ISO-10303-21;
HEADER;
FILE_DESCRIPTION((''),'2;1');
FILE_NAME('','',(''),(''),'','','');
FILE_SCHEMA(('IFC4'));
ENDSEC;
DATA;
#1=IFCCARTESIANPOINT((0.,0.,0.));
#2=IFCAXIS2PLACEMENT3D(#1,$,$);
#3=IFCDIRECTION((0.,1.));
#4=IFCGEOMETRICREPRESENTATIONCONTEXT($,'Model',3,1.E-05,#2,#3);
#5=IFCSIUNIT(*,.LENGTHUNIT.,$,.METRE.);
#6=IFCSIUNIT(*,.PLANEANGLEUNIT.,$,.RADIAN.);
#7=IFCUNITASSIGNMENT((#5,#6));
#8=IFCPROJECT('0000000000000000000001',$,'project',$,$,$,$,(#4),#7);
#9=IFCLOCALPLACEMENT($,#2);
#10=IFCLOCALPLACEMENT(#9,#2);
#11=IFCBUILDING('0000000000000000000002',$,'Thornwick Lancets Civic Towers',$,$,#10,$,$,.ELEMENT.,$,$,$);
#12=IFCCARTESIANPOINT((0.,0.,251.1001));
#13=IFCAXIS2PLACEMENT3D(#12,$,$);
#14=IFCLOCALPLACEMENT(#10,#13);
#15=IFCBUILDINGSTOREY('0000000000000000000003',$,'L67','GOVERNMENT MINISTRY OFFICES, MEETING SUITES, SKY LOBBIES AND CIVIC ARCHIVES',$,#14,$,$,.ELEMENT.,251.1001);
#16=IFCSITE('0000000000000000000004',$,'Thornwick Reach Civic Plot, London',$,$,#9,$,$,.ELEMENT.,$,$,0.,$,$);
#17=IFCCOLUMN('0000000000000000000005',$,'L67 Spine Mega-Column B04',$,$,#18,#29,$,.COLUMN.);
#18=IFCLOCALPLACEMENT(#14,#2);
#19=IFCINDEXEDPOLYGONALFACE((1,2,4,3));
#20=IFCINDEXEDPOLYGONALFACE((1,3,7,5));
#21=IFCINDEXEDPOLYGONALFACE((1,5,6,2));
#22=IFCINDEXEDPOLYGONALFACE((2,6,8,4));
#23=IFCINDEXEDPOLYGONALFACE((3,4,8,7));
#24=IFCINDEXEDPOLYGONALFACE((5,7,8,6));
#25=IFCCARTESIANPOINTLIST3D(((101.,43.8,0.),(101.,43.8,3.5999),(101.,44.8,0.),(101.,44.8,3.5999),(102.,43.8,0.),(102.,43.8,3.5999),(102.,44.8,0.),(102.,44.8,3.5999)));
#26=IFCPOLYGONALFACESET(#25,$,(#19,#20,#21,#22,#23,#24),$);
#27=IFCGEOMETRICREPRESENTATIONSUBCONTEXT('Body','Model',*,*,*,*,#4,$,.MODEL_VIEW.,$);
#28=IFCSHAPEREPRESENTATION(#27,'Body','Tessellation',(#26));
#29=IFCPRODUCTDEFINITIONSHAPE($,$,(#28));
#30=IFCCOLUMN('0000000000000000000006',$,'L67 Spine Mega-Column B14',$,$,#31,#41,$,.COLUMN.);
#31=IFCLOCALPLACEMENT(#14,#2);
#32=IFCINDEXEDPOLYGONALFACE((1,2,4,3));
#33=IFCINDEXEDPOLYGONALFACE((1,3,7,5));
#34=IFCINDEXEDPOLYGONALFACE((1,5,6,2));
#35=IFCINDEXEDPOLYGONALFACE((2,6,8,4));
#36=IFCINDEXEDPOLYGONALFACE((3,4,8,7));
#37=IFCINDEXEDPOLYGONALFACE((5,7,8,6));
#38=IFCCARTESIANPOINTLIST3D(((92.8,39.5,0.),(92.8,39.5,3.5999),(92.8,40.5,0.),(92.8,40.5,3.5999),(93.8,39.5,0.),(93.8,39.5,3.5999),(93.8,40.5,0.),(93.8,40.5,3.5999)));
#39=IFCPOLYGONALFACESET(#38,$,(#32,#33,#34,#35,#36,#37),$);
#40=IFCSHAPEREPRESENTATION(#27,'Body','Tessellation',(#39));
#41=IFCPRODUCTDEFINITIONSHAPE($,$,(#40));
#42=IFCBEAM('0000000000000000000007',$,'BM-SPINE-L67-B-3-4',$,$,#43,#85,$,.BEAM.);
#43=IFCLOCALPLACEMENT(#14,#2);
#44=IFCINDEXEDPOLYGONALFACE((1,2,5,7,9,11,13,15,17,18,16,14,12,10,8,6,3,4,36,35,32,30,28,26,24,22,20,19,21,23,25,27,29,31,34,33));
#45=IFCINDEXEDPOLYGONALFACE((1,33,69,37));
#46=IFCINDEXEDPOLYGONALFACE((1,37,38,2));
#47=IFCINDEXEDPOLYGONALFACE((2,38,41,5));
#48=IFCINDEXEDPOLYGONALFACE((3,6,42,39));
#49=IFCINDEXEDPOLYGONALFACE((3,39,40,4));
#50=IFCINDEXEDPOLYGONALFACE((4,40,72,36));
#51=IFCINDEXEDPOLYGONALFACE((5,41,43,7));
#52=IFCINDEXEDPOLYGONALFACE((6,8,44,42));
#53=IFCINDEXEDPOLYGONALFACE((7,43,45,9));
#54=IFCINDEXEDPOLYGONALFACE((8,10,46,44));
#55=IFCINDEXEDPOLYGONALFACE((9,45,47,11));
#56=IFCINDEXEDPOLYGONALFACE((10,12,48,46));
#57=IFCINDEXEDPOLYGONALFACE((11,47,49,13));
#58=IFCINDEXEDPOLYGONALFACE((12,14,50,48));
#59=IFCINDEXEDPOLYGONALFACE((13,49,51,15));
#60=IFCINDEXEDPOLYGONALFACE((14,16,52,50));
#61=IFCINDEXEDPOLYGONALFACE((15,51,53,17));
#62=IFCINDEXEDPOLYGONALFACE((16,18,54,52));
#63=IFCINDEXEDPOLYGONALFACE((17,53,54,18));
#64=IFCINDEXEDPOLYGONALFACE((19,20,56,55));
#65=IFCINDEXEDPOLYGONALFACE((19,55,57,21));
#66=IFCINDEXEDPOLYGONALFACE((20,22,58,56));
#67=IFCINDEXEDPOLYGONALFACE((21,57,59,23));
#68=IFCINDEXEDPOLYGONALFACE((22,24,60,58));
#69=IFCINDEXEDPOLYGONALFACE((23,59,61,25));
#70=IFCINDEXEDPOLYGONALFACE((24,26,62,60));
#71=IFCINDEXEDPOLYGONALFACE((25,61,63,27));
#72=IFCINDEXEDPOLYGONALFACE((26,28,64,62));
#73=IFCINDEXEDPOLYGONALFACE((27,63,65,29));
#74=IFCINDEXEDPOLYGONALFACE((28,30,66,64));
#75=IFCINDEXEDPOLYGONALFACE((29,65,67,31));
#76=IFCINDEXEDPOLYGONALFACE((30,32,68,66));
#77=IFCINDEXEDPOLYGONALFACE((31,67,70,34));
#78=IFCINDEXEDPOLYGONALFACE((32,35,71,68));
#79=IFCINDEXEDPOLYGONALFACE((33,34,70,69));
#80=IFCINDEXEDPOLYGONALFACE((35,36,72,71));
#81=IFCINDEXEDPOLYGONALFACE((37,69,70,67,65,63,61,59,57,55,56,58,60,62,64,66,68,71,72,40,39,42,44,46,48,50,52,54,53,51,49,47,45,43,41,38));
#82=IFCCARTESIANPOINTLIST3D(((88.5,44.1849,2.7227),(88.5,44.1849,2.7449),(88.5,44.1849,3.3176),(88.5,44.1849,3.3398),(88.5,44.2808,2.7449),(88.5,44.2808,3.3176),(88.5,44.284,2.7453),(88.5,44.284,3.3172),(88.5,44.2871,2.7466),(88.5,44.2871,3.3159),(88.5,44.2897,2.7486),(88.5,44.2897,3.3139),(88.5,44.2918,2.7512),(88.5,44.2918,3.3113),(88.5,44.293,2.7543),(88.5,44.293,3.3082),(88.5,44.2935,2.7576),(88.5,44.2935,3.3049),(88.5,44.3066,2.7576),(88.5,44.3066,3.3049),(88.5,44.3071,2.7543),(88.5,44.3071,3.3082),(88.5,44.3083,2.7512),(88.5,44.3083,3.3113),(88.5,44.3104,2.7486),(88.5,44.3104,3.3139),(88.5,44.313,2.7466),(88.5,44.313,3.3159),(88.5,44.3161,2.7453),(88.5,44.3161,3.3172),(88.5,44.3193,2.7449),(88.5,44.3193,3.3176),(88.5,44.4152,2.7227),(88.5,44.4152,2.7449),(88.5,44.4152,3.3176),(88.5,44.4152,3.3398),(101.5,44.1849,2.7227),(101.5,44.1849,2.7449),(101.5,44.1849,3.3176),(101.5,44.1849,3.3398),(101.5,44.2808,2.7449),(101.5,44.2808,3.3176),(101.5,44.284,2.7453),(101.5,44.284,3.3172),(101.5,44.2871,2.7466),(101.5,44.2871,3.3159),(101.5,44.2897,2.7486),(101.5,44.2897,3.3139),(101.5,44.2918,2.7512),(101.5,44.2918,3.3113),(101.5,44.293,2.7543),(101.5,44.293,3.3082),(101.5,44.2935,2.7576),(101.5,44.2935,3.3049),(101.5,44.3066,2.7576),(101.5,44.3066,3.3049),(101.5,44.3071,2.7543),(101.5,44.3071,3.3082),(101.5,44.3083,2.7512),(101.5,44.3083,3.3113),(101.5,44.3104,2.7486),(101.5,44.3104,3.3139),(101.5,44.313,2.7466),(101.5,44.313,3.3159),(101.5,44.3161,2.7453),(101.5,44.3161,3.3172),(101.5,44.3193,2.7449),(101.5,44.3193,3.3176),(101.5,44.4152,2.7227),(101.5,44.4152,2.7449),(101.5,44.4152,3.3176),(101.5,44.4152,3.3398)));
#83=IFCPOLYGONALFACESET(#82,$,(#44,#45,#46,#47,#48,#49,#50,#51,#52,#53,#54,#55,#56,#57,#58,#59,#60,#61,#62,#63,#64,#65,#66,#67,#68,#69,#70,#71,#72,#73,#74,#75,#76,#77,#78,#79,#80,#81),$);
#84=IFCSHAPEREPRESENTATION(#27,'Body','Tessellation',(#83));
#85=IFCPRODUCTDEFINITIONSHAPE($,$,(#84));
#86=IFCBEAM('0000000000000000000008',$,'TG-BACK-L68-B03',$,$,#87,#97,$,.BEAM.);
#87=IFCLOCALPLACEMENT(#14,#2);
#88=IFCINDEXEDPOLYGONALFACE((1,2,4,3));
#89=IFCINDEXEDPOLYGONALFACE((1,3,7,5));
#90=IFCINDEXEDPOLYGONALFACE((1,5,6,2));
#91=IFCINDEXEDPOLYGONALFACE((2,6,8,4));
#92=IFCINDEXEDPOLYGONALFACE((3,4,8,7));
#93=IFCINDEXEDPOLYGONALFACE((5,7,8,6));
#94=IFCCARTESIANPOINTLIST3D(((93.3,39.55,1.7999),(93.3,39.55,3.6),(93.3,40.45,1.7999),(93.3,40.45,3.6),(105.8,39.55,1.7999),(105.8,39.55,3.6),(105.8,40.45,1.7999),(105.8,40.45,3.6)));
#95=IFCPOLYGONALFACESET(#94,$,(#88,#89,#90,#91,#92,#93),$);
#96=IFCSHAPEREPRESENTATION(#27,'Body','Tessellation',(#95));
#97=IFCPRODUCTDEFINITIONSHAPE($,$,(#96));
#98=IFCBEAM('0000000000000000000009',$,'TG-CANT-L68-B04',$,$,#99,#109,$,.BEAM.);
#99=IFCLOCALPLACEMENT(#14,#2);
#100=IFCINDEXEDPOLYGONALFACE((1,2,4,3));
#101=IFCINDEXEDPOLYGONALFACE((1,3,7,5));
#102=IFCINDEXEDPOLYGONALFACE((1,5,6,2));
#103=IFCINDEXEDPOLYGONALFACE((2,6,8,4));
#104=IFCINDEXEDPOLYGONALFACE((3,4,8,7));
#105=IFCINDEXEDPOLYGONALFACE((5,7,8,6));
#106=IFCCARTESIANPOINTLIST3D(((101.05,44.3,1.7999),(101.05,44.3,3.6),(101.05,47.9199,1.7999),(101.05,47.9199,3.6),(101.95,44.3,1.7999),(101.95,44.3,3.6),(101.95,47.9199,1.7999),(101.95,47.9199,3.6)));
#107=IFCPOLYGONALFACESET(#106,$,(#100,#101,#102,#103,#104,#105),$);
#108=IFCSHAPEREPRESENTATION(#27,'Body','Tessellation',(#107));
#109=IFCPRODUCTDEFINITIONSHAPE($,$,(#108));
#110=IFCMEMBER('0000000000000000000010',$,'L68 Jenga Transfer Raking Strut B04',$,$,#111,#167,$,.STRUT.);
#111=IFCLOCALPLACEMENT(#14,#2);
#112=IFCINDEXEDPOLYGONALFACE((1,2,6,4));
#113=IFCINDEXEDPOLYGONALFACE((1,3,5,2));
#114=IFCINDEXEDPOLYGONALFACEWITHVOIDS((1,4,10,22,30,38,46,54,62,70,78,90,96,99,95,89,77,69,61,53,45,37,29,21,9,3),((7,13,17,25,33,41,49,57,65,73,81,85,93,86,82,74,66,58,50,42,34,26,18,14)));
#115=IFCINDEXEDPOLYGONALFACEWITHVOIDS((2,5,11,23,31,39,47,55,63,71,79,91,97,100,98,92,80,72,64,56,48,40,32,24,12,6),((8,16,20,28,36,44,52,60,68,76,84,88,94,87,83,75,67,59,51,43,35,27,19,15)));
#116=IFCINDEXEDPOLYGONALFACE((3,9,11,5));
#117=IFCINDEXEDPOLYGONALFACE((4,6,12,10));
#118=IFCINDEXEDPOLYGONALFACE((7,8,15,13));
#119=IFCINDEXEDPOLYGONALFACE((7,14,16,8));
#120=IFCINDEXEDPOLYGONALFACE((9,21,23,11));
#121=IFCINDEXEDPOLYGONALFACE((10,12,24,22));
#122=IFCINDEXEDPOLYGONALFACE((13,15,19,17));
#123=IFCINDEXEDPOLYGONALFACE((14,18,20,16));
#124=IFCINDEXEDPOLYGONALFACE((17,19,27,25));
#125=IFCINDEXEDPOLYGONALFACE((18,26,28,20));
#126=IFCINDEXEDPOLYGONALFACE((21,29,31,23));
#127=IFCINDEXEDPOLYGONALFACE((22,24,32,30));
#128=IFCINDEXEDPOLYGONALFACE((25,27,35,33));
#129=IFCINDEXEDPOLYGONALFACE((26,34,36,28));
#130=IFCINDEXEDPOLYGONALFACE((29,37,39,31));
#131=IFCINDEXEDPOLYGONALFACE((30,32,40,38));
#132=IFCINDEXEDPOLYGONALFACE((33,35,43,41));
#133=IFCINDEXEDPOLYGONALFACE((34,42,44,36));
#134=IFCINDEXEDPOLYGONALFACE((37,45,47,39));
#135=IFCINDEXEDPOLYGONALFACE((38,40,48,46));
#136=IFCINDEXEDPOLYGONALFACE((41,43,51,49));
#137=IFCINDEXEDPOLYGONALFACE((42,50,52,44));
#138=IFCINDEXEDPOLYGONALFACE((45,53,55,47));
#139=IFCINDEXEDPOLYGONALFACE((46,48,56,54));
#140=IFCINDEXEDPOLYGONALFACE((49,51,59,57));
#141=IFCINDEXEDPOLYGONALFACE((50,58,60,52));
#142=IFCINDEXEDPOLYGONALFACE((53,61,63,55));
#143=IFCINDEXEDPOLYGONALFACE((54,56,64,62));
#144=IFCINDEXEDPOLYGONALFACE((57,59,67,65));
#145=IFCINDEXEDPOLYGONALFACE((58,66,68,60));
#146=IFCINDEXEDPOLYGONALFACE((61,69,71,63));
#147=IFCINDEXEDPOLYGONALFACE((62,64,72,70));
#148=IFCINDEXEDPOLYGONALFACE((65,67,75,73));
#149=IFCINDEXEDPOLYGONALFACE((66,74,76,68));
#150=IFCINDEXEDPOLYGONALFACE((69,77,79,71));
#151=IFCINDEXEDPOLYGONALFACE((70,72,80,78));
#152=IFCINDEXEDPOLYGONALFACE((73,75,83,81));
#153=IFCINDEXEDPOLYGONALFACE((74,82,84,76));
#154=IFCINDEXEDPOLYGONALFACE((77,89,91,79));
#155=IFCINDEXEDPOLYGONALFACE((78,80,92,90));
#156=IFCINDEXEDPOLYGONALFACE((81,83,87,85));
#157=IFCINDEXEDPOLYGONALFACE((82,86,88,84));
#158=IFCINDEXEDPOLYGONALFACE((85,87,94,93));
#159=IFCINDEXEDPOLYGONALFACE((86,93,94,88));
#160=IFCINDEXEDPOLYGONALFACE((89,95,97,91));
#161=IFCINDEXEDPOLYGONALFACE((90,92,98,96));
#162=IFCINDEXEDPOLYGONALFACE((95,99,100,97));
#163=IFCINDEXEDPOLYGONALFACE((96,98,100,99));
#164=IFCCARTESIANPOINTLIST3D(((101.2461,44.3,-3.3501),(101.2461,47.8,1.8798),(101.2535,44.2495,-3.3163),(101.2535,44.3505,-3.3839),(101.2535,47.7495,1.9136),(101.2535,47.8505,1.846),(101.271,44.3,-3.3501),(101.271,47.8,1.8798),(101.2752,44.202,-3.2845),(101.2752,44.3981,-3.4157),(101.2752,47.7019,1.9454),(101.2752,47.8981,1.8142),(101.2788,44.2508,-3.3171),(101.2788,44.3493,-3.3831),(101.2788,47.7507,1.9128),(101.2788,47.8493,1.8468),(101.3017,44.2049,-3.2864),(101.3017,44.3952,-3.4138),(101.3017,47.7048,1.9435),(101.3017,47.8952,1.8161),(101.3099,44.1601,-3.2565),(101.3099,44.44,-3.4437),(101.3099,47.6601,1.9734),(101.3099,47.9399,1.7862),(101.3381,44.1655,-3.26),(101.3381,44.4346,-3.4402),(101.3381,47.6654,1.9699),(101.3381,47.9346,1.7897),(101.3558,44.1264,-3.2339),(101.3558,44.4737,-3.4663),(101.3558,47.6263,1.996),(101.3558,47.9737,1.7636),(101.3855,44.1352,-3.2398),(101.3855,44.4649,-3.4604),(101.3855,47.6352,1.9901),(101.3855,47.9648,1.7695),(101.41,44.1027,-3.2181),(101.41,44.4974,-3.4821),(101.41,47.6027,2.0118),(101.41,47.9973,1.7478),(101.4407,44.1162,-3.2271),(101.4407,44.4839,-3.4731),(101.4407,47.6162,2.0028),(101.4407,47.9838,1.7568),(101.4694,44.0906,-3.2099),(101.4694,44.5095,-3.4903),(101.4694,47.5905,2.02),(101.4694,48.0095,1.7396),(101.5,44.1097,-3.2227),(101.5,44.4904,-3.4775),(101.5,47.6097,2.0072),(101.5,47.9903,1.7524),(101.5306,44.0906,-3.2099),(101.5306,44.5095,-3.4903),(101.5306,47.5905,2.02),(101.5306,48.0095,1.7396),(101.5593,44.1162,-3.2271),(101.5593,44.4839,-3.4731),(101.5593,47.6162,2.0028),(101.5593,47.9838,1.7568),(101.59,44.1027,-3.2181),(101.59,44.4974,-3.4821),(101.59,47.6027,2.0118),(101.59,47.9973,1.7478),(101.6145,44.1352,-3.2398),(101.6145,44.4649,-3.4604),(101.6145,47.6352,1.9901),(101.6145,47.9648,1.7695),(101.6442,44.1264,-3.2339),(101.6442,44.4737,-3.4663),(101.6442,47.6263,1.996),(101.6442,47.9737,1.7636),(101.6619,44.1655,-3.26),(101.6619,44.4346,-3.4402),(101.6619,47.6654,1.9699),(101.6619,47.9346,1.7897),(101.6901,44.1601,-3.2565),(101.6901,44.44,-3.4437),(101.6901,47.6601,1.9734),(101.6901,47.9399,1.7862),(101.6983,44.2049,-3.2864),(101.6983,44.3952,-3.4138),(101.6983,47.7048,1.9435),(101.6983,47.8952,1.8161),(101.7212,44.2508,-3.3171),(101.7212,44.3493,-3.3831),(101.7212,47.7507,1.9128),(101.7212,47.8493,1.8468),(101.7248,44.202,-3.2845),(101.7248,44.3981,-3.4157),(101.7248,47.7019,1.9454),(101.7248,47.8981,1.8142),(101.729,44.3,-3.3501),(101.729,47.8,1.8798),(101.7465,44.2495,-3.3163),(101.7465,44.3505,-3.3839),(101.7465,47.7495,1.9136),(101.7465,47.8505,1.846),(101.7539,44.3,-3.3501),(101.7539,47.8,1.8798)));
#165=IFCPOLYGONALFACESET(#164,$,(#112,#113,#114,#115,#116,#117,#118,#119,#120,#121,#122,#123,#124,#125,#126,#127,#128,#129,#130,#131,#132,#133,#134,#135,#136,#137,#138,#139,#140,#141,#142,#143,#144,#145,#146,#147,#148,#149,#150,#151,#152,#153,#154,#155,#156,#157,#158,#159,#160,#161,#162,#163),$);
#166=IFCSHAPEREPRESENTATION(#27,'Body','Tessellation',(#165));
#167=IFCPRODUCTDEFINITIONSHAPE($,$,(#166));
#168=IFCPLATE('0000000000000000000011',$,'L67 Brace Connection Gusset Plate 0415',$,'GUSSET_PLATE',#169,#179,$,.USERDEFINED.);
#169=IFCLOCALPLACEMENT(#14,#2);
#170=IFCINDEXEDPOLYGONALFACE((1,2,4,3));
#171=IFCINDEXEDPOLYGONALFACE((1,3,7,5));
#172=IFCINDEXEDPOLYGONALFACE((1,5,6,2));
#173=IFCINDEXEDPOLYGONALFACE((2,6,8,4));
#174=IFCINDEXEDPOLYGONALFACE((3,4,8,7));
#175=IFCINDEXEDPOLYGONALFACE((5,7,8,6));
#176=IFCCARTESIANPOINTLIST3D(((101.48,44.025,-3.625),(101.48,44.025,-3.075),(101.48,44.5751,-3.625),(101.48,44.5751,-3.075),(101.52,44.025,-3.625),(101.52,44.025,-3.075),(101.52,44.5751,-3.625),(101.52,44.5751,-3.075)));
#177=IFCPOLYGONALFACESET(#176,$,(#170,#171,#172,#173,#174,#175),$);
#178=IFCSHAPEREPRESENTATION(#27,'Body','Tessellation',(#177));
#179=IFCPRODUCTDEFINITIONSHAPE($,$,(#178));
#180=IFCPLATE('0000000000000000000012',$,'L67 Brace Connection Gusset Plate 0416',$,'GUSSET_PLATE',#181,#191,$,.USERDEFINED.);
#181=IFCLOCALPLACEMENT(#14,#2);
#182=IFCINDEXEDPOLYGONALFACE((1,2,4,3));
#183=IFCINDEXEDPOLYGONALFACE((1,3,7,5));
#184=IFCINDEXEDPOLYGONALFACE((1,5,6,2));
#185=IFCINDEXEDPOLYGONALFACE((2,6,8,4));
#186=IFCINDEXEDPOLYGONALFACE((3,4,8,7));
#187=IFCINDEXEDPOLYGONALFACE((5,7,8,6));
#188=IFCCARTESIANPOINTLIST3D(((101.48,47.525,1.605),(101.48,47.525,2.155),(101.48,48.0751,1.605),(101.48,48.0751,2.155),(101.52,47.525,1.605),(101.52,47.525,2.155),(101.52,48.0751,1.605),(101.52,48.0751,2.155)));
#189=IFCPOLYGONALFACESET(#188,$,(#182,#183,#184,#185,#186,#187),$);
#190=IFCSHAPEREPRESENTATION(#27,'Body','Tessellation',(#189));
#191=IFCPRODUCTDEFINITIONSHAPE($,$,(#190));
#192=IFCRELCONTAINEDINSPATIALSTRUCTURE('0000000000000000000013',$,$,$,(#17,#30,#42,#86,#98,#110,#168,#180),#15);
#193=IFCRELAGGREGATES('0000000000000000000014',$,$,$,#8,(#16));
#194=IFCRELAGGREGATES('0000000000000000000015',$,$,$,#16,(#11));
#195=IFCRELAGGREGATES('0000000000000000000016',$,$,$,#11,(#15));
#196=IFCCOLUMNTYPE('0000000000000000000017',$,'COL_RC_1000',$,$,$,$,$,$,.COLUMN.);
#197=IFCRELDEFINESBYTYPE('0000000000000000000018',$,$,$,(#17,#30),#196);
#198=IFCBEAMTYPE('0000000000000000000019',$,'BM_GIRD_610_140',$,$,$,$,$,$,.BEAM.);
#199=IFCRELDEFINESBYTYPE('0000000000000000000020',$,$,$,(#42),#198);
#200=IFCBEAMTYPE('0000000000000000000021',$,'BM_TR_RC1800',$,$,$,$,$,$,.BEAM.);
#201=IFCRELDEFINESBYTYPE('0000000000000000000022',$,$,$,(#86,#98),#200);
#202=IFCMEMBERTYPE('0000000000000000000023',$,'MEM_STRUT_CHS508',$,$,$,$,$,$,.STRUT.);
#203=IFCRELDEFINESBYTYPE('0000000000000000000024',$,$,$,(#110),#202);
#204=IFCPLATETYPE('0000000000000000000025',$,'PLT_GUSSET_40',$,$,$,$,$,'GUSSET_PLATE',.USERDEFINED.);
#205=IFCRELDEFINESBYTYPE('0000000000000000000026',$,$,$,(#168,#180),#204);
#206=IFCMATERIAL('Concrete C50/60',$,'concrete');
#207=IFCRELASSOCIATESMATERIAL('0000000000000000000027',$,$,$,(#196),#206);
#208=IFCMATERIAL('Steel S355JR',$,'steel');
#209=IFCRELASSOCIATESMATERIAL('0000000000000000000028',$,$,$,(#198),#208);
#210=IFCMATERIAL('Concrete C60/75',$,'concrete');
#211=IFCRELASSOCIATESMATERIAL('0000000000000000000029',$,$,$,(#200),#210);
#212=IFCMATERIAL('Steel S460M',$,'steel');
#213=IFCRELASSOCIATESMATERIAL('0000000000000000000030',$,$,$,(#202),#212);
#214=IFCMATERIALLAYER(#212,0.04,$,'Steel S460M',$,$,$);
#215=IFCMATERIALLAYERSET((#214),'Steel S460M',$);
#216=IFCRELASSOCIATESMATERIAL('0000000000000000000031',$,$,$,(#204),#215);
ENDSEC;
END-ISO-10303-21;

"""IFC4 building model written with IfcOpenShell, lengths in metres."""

from ifc_helpers import new_model, si_unit, direction, frame, origin, origin_2d, place, context, subcontext, project, spatial, rectangle, hollow_circle, i_section, extrude, material, layer, layer_set, material_profile, profile_set, type_object, element, save


model = new_model("IFC4")

# Units and contexts
model_context = context("Model", 3, precision=1e-05, world=origin(), true_north=direction((0.0, 1.0)))
body_context = subcontext(model_context, "Body", "Model", "MODEL_VIEW")
ifc_project = project(units=[si_unit("LENGTHUNIT", "METRE"), si_unit("PLANEANGLEUNIT", "RADIAN")], contexts=[model_context])

# Site, building, storey
site_placement = place(None, origin())
site = spatial("IfcSite", under=ifc_project, at=site_placement, Name="Thornwick Reach Civic Plot, London", CompositionType="ELEMENT", RefElevation=0.0)
building_placement = place(site_placement, origin())
building = spatial("IfcBuilding", under=site, at=building_placement, Name="Thornwick Lancets Civic Towers", CompositionType="ELEMENT")
storey_placement = place(building_placement, frame((0.0, 0.0, 251.1001)))
storey = spatial("IfcBuildingStorey", under=building, at=storey_placement, Name="L67", Description="GOVERNMENT MINISTRY OFFICES, MEETING SUITES, SKY LOBBIES AND CIVIC ARCHIVES", CompositionType="ELEMENT", Elevation=251.1001)

# Columns
ifc_material_1 = material(Name="Concrete C50/60", Category="concrete")
ifc_material_profile_1 = material_profile(ifc_material_1, rectangle(XDim=1.0, YDim=1.0, at=origin_2d()), Name="RC 1000x1000")
ifc_profile_set_1 = profile_set([ifc_material_profile_1], Name="Concrete C50/60")
column_type = type_object("IfcColumnType", Name="COL_RC_1000", PredefinedType="COLUMN", material=ifc_profile_set_1)
for number, where, z_axis, x_axis, name in (
    (1, (101.5, 44.3, 0.0), (0.0, 0.0, 1.0), (1.0, 0.0, 0.0), "L67 Spine Mega-Column B04"),
    (2, (93.3, 40.0, 0.0), (0.0, 0.0, 1.0), (1.0, 0.0, 0.0), "L67 Spine Mega-Column B14"),
):
    element("IfcColumn", number, at=place(storey_placement, frame(where, z_axis=z_axis, x_axis=x_axis)), inside=storey, type_object=column_type, Name=name, PredefinedType="COLUMN", context=body_context, shape_type="SweptSolid", body=[
        extrude(rectangle(XDim=1.0, YDim=1.0, at=origin_2d()), origin(), (0.0, 0.0, 1.0), 3.5999),
    ])

# Beams
ifc_material_2 = material(Name="Steel S355JR", Category="steel")
ifc_material_profile_2 = material_profile(ifc_material_2, i_section(OverallWidth=0.2302, OverallDepth=0.6172, WebThickness=0.0132, FlangeThickness=0.0222, FilletRadius=0.0127, at=origin_2d()), Name="UKB 610x229x140")
ifc_profile_set_2 = profile_set([ifc_material_profile_2], Name="Steel S355JR")
beam_type_1 = type_object("IfcBeamType", Name="BM_GIRD_610_140", PredefinedType="BEAM", material=ifc_profile_set_2)
beam_1_placement = place(storey_placement, frame((101.5, 44.3, 3.0312), z_axis=(-1.0, 0.0, 0.0), x_axis=(0.0, -1.0, 0.0)))
element("IfcBeam", 3, at=beam_1_placement, inside=storey, type_object=beam_type_1, Name="BM-SPINE-L67-B-3-4", PredefinedType="BEAM", context=body_context, shape_type="SweptSolid", body=[
    extrude(i_section(OverallWidth=0.2302, OverallDepth=0.6172, WebThickness=0.0132, FlangeThickness=0.0222, FilletRadius=0.0127, at=origin_2d()), origin(), (0.0, 0.0, 1.0), 13.0),
])
ifc_material_3 = material(Name="Concrete C60/75", Category="concrete")
ifc_material_profile_3 = material_profile(ifc_material_3, rectangle(XDim=0.8999, YDim=1.8, at=origin_2d()), Name="RC 900x1800")
ifc_profile_set_3 = profile_set([ifc_material_profile_3], Name="Concrete C60/75")
beam_type_2 = type_object("IfcBeamType", Name="BM_TR_RC1800", PredefinedType="BEAM", material=ifc_profile_set_3)
beam_2_placement = place(storey_placement, frame((93.3, 40.0, 2.7), z_axis=(1.0, 0.0, 0.0), x_axis=(0.0, 1.0, 0.0)))
element("IfcBeam", 4, at=beam_2_placement, inside=storey, type_object=beam_type_2, Name="TG-BACK-L68-B03", PredefinedType="BEAM", context=body_context, shape_type="SweptSolid", body=[
    extrude(rectangle(XDim=0.8999, YDim=1.8, at=origin_2d()), origin(), (0.0, 0.0, 1.0), 12.5),
])
beam_3_placement = place(storey_placement, frame((101.5, 44.3, 2.7), z_axis=(0.0, 1.0, 0.0), x_axis=(-1.0, 0.0, 0.0)))
element("IfcBeam", 5, at=beam_3_placement, inside=storey, type_object=beam_type_2, Name="TG-CANT-L68-B04", PredefinedType="BEAM", context=body_context, shape_type="SweptSolid", body=[
    extrude(rectangle(XDim=0.8999, YDim=1.8, at=origin_2d()), origin(), (0.0, 0.0, 1.0), 3.6199),
])

# Member
ifc_material_4 = material(Name="Steel S460M", Category="steel")
ifc_material_profile_4 = material_profile(ifc_material_4, hollow_circle(Radius=0.2539, WallThickness=0.0249, at=origin_2d()), Name="CHS 508x25")
ifc_profile_set_4 = profile_set([ifc_material_profile_4], Name="Steel S460M")
member_type = type_object("IfcMemberType", Name="MEM_STRUT_CHS508", PredefinedType="STRUT", material=ifc_profile_set_4)
member_placement = place(storey_placement, frame((101.5, 44.3, -3.3501), z_axis=(0.0, 0.556168, 0.83107), x_axis=(-1.0, 0.0, 0.0)))
element("IfcMember", 6, at=member_placement, inside=storey, type_object=member_type, Name="L68 Jenga Transfer Raking Strut B04", PredefinedType="STRUT", context=body_context, shape_type="SweptSolid", body=[
    extrude(hollow_circle(Radius=0.2539, WallThickness=0.0249, at=origin_2d()), origin(), (0.0, 0.0, 1.0), 6.293),
])

# Plates
ifc_layer_1 = layer(ifc_material_4, 0.04, Name="Steel S460M")
ifc_layer_set_1 = layer_set([ifc_layer_1], Name="Steel S460M")
plate_type = type_object("IfcPlateType", Name="PLT_GUSSET_40", ElementType="GUSSET_PLATE", PredefinedType="USERDEFINED", material=ifc_layer_set_1)
for number, where, z_axis, x_axis, name in (
    (7, (101.5, 44.3, -3.625), (0.0, 0.0, 1.0), (0.0, 1.0, 0.0), "L67 Brace Connection Gusset Plate 0415"),
    (8, (101.5, 47.8, 1.605), (0.0, 0.0, 1.0), (0.0, 1.0, 0.0), "L67 Brace Connection Gusset Plate 0416"),
):
    element("IfcPlate", number, at=place(storey_placement, frame(where, z_axis=z_axis, x_axis=x_axis)), inside=storey, type_object=plate_type, Name=name, ObjectType="GUSSET_PLATE", PredefinedType="USERDEFINED", context=body_context, shape_type="SweptSolid", body=[
        extrude(rectangle(XDim=0.55, YDim=0.04, at=origin_2d()), origin(), (0.0, 0.0, 1.0), 0.55),
    ])

save(model, "model.ifc")
